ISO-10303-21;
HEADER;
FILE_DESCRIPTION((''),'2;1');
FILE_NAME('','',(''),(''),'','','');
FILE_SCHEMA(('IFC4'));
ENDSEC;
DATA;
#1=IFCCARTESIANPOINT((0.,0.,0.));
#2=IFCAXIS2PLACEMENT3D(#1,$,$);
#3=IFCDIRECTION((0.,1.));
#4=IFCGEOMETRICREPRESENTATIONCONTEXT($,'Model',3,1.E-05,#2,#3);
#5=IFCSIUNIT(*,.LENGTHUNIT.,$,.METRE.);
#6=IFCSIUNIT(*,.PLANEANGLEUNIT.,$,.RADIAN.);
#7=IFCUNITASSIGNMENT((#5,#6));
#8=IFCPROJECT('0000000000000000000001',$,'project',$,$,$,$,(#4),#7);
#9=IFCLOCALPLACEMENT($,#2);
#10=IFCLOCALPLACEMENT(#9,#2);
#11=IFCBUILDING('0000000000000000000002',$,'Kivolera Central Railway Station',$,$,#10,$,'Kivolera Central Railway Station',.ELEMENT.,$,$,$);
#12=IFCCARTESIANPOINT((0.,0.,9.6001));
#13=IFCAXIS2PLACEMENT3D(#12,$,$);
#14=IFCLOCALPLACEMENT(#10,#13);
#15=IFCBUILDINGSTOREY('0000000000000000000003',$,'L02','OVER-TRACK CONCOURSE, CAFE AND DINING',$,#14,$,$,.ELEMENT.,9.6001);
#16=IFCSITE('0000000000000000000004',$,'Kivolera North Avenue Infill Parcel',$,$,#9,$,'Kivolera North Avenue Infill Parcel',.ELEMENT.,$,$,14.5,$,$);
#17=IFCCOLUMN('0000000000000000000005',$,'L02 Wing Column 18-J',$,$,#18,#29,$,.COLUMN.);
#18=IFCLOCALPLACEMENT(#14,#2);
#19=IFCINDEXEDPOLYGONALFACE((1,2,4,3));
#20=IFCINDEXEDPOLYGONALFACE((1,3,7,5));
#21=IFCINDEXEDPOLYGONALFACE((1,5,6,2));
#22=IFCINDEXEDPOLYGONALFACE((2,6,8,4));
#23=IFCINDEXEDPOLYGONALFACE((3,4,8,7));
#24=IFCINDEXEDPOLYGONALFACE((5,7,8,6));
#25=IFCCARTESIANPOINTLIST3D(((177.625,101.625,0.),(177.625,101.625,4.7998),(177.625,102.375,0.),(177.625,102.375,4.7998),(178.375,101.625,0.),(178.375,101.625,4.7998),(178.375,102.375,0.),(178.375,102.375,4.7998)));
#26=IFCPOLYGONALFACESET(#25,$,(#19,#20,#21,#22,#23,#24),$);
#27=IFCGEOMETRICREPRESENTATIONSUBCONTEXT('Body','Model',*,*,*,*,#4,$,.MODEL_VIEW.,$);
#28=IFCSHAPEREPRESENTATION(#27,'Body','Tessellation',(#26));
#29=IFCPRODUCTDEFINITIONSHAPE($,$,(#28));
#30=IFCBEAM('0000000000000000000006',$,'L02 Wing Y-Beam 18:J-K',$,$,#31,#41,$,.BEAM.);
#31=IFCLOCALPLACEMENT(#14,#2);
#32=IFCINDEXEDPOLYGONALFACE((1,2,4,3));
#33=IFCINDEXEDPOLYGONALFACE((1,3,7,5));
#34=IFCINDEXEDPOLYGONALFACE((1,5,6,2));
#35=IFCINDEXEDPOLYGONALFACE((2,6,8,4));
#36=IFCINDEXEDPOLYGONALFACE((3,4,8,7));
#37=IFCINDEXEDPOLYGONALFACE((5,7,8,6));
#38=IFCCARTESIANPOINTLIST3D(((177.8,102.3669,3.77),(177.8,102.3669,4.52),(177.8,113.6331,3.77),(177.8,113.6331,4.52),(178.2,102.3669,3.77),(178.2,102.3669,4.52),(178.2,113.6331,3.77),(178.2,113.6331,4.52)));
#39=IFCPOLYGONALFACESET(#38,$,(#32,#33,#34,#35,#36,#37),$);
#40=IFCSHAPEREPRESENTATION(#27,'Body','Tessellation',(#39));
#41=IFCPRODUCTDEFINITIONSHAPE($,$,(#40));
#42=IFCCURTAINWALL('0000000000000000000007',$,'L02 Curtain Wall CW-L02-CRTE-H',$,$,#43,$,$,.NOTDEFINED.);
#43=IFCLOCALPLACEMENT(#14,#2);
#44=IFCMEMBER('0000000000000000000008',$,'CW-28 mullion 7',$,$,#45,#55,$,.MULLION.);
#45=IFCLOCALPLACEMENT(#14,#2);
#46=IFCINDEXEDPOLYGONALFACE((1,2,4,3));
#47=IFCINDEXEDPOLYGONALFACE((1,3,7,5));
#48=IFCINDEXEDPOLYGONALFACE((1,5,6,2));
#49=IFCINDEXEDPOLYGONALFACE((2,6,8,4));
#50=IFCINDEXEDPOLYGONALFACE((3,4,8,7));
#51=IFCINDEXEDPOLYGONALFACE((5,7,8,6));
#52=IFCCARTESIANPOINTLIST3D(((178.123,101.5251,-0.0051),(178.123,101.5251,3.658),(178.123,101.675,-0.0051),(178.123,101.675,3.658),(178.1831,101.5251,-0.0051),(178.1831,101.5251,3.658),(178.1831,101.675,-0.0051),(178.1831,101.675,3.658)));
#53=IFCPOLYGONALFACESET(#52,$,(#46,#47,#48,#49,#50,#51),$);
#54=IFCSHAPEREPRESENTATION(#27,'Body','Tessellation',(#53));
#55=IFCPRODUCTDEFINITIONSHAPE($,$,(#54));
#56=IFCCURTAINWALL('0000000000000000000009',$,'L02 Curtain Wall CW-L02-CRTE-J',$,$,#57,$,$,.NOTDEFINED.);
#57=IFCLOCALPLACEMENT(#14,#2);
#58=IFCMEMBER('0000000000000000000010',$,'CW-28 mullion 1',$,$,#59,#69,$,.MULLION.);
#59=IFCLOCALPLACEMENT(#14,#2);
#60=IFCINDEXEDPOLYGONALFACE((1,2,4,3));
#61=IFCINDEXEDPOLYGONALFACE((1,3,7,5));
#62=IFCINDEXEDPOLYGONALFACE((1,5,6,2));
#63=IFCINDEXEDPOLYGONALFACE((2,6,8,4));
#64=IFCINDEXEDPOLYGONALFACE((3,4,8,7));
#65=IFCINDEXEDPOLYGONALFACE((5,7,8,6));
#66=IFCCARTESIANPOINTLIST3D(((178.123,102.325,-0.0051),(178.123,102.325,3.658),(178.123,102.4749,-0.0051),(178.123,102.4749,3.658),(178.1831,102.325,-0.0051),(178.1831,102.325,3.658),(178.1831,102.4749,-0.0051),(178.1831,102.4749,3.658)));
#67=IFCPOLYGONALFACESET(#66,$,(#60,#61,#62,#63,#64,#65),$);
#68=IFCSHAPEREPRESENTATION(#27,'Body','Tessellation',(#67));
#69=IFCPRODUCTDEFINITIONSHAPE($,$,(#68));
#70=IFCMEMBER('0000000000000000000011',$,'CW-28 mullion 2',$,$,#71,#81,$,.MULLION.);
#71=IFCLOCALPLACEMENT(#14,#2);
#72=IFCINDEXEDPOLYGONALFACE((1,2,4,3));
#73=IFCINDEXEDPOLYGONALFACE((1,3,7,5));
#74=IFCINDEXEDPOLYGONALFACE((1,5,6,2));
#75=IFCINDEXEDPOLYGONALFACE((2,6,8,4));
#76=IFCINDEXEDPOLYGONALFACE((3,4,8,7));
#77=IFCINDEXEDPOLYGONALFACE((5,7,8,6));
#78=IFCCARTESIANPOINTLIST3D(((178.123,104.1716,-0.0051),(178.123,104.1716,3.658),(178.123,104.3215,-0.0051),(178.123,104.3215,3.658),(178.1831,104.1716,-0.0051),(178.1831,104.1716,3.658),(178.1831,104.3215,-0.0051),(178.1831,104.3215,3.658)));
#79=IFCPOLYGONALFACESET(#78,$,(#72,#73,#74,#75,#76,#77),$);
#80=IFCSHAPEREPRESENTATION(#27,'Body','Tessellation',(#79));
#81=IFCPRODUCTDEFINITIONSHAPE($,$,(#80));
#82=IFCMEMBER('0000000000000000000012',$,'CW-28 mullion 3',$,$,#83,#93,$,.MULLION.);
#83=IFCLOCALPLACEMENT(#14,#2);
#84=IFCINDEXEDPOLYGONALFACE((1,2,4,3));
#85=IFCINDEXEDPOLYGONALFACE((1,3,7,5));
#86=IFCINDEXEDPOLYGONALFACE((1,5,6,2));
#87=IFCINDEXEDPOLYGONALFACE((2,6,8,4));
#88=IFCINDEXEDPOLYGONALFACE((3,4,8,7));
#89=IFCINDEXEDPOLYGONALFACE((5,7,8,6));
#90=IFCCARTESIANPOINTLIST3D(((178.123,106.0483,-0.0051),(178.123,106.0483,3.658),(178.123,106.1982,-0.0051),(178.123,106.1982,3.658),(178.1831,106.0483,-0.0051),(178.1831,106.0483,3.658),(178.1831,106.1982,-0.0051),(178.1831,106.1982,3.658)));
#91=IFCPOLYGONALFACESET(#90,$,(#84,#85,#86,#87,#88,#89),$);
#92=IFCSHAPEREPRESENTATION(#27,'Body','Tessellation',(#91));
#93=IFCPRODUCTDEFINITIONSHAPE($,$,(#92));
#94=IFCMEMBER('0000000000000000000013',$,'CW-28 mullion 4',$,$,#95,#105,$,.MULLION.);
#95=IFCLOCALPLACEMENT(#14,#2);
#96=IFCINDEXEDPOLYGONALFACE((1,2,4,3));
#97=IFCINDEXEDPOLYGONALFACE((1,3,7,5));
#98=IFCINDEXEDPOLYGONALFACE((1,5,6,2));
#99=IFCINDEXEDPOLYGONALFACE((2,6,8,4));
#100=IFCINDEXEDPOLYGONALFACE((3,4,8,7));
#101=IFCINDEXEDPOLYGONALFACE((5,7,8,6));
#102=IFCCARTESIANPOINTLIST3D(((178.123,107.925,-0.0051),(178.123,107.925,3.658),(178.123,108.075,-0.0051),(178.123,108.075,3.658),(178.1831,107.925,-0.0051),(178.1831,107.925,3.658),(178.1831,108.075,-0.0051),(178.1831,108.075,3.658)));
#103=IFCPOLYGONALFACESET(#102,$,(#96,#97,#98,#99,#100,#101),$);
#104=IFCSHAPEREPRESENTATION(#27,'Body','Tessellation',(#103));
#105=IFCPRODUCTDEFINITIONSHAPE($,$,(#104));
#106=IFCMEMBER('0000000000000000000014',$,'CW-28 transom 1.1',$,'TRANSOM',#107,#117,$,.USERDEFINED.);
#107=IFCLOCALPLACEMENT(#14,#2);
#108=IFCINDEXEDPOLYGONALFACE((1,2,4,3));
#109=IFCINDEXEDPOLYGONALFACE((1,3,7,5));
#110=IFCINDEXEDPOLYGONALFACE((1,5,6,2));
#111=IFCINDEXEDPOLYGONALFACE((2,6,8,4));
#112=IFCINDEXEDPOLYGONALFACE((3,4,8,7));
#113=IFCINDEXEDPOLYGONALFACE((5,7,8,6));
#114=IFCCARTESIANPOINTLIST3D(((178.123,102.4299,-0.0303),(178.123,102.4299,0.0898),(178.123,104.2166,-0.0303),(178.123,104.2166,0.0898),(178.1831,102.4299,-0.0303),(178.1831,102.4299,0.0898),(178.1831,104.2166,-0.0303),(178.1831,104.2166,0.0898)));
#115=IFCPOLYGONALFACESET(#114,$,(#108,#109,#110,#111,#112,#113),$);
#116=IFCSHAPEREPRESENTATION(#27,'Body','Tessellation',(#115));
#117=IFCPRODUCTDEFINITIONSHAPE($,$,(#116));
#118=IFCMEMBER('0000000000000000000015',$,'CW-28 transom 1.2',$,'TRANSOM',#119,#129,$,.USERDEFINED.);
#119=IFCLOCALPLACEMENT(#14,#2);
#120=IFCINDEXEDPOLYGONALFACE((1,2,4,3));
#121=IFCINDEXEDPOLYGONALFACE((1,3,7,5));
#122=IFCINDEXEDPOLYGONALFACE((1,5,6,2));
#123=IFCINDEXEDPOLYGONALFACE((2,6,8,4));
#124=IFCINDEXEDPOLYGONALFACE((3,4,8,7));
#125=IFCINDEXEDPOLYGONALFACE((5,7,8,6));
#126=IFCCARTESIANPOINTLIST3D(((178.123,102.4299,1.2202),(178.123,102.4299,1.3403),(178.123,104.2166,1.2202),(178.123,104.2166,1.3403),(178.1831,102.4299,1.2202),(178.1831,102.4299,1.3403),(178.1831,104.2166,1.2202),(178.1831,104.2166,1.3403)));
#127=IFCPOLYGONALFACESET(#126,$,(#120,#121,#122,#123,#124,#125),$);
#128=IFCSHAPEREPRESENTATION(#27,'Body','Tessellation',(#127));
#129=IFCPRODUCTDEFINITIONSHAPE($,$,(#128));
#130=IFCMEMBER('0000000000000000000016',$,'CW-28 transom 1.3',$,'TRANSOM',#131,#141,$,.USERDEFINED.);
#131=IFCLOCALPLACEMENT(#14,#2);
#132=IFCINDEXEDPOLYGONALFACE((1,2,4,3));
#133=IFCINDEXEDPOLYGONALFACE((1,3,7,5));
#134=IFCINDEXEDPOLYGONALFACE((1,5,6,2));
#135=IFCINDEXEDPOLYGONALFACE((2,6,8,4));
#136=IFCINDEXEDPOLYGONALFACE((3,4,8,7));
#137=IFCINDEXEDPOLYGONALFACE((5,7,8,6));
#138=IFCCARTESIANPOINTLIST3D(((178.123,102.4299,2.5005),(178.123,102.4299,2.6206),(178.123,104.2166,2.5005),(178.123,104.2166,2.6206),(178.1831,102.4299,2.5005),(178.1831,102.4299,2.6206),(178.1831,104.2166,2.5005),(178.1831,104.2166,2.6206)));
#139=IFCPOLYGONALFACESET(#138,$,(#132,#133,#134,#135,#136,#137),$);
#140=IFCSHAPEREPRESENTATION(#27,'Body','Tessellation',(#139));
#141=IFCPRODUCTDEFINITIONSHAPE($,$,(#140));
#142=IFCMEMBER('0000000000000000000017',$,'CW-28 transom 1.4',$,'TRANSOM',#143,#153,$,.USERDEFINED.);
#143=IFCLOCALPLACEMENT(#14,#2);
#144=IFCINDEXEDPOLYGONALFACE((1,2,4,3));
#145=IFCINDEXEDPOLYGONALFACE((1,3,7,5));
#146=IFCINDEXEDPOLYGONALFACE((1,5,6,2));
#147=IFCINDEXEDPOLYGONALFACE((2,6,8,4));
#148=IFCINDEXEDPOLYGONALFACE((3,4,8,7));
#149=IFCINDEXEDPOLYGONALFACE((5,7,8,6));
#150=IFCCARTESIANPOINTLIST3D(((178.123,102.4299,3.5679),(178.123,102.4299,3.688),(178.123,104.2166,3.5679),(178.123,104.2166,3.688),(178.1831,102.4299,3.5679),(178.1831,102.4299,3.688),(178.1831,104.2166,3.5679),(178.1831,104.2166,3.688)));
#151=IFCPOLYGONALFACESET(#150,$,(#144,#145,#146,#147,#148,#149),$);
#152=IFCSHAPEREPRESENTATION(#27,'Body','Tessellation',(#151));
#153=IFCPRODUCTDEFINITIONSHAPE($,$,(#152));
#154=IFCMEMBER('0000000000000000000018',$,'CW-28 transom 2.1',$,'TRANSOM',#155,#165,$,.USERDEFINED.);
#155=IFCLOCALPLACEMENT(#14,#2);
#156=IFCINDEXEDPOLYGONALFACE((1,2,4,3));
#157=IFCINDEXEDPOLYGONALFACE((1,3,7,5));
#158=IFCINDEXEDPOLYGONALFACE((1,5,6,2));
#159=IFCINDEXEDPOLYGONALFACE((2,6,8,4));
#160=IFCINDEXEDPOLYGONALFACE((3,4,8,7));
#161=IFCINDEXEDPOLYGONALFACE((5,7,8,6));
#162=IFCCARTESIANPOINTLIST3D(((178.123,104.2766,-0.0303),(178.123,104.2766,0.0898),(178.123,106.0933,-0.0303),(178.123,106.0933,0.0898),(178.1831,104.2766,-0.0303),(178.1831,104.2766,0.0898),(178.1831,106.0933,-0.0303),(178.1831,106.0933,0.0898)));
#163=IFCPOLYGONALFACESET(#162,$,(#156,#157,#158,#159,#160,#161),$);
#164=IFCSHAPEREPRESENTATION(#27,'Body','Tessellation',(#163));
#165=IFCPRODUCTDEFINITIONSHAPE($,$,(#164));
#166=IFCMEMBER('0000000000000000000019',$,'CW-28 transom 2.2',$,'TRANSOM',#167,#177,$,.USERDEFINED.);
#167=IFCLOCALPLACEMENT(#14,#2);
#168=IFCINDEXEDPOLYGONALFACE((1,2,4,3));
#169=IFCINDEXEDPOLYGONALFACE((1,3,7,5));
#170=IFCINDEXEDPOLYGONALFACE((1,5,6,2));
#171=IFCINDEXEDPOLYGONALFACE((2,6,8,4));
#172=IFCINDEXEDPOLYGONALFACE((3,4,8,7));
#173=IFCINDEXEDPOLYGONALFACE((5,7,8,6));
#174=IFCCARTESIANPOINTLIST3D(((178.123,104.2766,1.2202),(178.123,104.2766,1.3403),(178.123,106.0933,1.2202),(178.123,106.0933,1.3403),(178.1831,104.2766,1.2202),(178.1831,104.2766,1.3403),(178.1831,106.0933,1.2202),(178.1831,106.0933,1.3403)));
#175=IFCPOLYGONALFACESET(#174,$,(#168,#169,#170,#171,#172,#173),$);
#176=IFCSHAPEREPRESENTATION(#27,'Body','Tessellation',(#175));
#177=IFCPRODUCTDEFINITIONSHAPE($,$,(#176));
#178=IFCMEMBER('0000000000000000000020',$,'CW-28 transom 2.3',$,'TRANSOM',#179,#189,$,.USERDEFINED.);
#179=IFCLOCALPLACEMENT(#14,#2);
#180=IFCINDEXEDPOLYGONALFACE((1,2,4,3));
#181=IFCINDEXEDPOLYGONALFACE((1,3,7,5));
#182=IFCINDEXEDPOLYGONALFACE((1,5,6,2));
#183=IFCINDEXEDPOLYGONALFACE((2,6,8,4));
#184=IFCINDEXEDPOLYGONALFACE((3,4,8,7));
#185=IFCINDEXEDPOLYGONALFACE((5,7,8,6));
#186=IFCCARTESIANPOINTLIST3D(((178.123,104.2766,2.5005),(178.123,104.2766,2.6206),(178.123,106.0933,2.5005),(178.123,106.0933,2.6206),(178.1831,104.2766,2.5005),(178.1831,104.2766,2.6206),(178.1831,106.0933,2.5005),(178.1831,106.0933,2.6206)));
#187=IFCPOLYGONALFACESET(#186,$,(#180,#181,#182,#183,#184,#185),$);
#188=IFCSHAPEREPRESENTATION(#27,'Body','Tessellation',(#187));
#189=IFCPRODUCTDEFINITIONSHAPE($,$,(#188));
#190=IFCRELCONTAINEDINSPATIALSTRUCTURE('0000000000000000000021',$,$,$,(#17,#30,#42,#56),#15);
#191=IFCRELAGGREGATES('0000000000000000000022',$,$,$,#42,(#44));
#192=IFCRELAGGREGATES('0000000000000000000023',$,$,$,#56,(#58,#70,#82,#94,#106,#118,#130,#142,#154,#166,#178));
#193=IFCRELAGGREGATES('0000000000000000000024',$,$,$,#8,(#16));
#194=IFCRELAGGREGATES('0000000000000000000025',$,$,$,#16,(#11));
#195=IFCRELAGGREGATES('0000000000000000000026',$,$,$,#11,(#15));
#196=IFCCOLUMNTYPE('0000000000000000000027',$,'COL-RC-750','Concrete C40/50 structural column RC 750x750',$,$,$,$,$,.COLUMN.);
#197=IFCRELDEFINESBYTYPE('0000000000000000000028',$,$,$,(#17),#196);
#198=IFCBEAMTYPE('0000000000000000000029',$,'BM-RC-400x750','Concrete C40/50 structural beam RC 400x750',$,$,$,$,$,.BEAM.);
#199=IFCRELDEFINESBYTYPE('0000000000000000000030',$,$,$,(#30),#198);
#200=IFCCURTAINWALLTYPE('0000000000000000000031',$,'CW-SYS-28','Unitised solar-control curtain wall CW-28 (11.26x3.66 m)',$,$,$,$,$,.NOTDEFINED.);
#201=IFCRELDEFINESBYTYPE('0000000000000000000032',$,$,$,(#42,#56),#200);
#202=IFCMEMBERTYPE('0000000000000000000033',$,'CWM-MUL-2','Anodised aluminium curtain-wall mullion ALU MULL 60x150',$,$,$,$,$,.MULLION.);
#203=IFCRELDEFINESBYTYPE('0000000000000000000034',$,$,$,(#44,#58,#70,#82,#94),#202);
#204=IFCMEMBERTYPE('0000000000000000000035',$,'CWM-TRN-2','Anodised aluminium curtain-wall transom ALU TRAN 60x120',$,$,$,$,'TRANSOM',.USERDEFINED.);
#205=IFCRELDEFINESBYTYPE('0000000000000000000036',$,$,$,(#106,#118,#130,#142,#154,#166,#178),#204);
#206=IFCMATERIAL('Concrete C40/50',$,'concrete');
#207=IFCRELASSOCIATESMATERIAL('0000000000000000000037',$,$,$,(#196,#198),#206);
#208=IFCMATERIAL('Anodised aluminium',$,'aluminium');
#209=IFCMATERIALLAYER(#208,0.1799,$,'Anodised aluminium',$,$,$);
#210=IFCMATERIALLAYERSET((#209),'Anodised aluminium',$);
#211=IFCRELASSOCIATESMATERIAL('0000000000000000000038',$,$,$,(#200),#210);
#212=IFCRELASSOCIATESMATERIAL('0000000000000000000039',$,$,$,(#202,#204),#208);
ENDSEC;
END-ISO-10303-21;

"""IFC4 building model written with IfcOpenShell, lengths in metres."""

from ifc_helpers import new_model, si_unit, direction, frame, origin, origin_2d, place, context, subcontext, project, spatial, rectangle, extrude, material, layer, layer_set, material_profile, profile_set, type_object, element, aggregate, save


model = new_model("IFC4")

# Units and contexts
model_context = context("Model", 3, precision=1e-05, world=origin(), true_north=direction((0.0, 1.0)))
body_context = subcontext(model_context, "Body", "Model", "MODEL_VIEW")
ifc_project = project(units=[si_unit("LENGTHUNIT", "METRE"), si_unit("PLANEANGLEUNIT", "RADIAN")], contexts=[model_context])

# Site, building, storey
site_placement = place(None, origin())
site = spatial("IfcSite", under=ifc_project, at=site_placement, Name="Kivolera North Avenue Infill Parcel", LongName="Kivolera North Avenue Infill Parcel", CompositionType="ELEMENT", RefElevation=14.5)
building_placement = place(site_placement, origin())
building = spatial("IfcBuilding", under=site, at=building_placement, Name="Kivolera Central Railway Station", LongName="Kivolera Central Railway Station", CompositionType="ELEMENT")
storey_placement = place(building_placement, frame((0.0, 0.0, 9.6001)))
storey = spatial("IfcBuildingStorey", under=building, at=storey_placement, Name="L02", Description="OVER-TRACK CONCOURSE, CAFE AND DINING", CompositionType="ELEMENT", Elevation=9.6001)

# Column
ifc_material_1 = material(Name="Concrete C40/50", Category="concrete")
ifc_material_profile_1 = material_profile(ifc_material_1, rectangle(XDim=0.75, YDim=0.75, at=origin_2d()), Name="RC 750x750")
ifc_profile_set_1 = profile_set([ifc_material_profile_1], Name="Concrete C40/50")
column_type = type_object("IfcColumnType", Name="COL-RC-750", Description="Concrete C40/50 structural column RC 750x750", PredefinedType="COLUMN", material=ifc_profile_set_1)
column_placement = place(storey_placement, frame((178.0, 102.0, 0.0), z_axis=(0.0, 0.0, 1.0), x_axis=(1.0, 0.0, 0.0)))
element("IfcColumn", 1, at=column_placement, inside=storey, type_object=column_type, Name="L02 Wing Column 18-J", PredefinedType="COLUMN", context=body_context, shape_type="SweptSolid", body=[
    extrude(rectangle(XDim=0.75, YDim=0.75, at=origin_2d()), origin(), (0.0, 0.0, 1.0), 4.7998),
])

# Beam
ifc_material_profile_2 = material_profile(ifc_material_1, rectangle(XDim=0.3999, YDim=0.75, at=origin_2d()), Name="RC 400x750")
ifc_profile_set_2 = profile_set([ifc_material_profile_2], Name="Concrete C40/50")
beam_type = type_object("IfcBeamType", Name="BM-RC-400x750", Description="Concrete C40/50 structural beam RC 400x750", PredefinedType="BEAM", material=ifc_profile_set_2)
beam_placement = place(storey_placement, frame((178.0, 102.3669, 4.145), z_axis=(0.0, 1.0, 0.0), x_axis=(-1.0, 0.0, 0.0)))
element("IfcBeam", 2, at=beam_placement, inside=storey, type_object=beam_type, Name="L02 Wing Y-Beam 18:J-K", PredefinedType="BEAM", context=body_context, shape_type="SweptSolid", body=[
    extrude(rectangle(XDim=0.3999, YDim=0.75, at=origin_2d()), origin(), (0.0, 0.0, 1.0), 11.2661),
])

# Curtain wall, member
ifc_material_2 = material(Name="Anodised aluminium", Category="aluminium")
ifc_layer_1 = layer(ifc_material_2, 0.1799, Name="Anodised aluminium")
ifc_layer_set_1 = layer_set([ifc_layer_1], Name="Anodised aluminium")
curtain_wall_type = type_object("IfcCurtainWallType", Name="CW-SYS-28", Description="Unitised solar-control curtain wall CW-28 (11.26x3.66 m)", PredefinedType="NOTDEFINED", material=ifc_layer_set_1)
curtain_wall_1_placement = place(storey_placement, origin())
curtain_wall_1 = element("IfcCurtainWall", 3, at=curtain_wall_1_placement, inside=storey, type_object=curtain_wall_type, Name="L02 Curtain Wall CW-L02-CRTE-H", PredefinedType="NOTDEFINED")
ifc_material_profile_3 = material_profile(ifc_material_2, rectangle(XDim=0.0601, YDim=0.1499, at=origin_2d()), Name="ALU MULL 60x150")
ifc_profile_set_3 = profile_set([ifc_material_profile_3], Name="Anodised aluminium")
member_type_1 = type_object("IfcMemberType", Name="CWM-MUL-2", Description="Anodised aluminium curtain-wall mullion ALU MULL 60x150", PredefinedType="MULLION", material=ifc_profile_set_3)
member_1_placement = place(storey_placement, frame((178.1531, 101.6001, -0.0051), z_axis=(0.0, 0.0, 1.0), x_axis=(-1.0, 0.0, 0.0)))
member_1 = element("IfcMember", 4, at=member_1_placement, type_object=member_type_1, Name="CW-28 mullion 7", PredefinedType="MULLION", context=body_context, shape_type="SweptSolid", body=[
    extrude(rectangle(XDim=0.0601, YDim=0.1499, at=origin_2d()), origin(), (0.0, 0.0, 1.0), 3.6631),
])

# Curtain wall, members
curtain_wall_2_placement = place(storey_placement, origin())
curtain_wall_2 = element("IfcCurtainWall", 5, at=curtain_wall_2_placement, inside=storey, type_object=curtain_wall_type, Name="L02 Curtain Wall CW-L02-CRTE-J", PredefinedType="NOTDEFINED")
member_2_placement = place(storey_placement, frame((178.1531, 102.3999, -0.0051), z_axis=(0.0, 0.0, 1.0), x_axis=(-1.0, 0.0, 0.0)))
member_2 = element("IfcMember", 6, at=member_2_placement, type_object=member_type_1, Name="CW-28 mullion 1", PredefinedType="MULLION", context=body_context, shape_type="SweptSolid", body=[
    extrude(rectangle(XDim=0.0601, YDim=0.1499, at=origin_2d()), origin(), (0.0, 0.0, 1.0), 3.6631),
])
member_3_placement = place(storey_placement, frame((178.1531, 104.2466, -0.0051), z_axis=(0.0, 0.0, 1.0), x_axis=(-1.0, 0.0, 0.0)))
member_3 = element("IfcMember", 7, at=member_3_placement, type_object=member_type_1, Name="CW-28 mullion 2", PredefinedType="MULLION", context=body_context, shape_type="SweptSolid", body=[
    extrude(rectangle(XDim=0.0601, YDim=0.1499, at=origin_2d()), origin(), (0.0, 0.0, 1.0), 3.6631),
])
member_4_placement = place(storey_placement, frame((178.1531, 106.1233, -0.0051), z_axis=(0.0, 0.0, 1.0), x_axis=(-1.0, 0.0, 0.0)))
member_4 = element("IfcMember", 8, at=member_4_placement, type_object=member_type_1, Name="CW-28 mullion 3", PredefinedType="MULLION", context=body_context, shape_type="SweptSolid", body=[
    extrude(rectangle(XDim=0.0601, YDim=0.1499, at=origin_2d()), origin(), (0.0, 0.0, 1.0), 3.6631),
])
member_5_placement = place(storey_placement, frame((178.1531, 108.0, -0.0051), z_axis=(0.0, 0.0, 1.0), x_axis=(-1.0, 0.0, 0.0)))
member_5 = element("IfcMember", 9, at=member_5_placement, type_object=member_type_1, Name="CW-28 mullion 4", PredefinedType="MULLION", context=body_context, shape_type="SweptSolid", body=[
    extrude(rectangle(XDim=0.0601, YDim=0.1499, at=origin_2d()), origin(), (0.0, 0.0, 1.0), 3.6631),
])
ifc_material_profile_4 = material_profile(ifc_material_2, rectangle(XDim=0.0601, YDim=0.1201, at=origin_2d()), Name="ALU TRAN 60x120")
ifc_profile_set_4 = profile_set([ifc_material_profile_4], Name="Anodised aluminium")
member_type_2 = type_object("IfcMemberType", Name="CWM-TRN-2", Description="Anodised aluminium curtain-wall transom ALU TRAN 60x120", ElementType="TRANSOM", PredefinedType="USERDEFINED", material=ifc_profile_set_4)
member_6_placement = place(storey_placement, frame((178.1531, 102.4299, 0.0298), z_axis=(0.0, 1.0, 0.0), x_axis=(-1.0, 0.0, 0.0)))
member_6 = element("IfcMember", 10, at=member_6_placement, type_object=member_type_2, Name="CW-28 transom 1.1", ObjectType="TRANSOM", PredefinedType="USERDEFINED", context=body_context, shape_type="SweptSolid", body=[
    extrude(rectangle(XDim=0.0601, YDim=0.1201, at=origin_2d()), origin(), (0.0, 0.0, 1.0), 1.7866),
])
member_7_placement = place(storey_placement, frame((178.1531, 102.4299, 1.2803), z_axis=(0.0, 1.0, 0.0), x_axis=(-1.0, 0.0, 0.0)))
member_7 = element("IfcMember", 11, at=member_7_placement, type_object=member_type_2, Name="CW-28 transom 1.2", ObjectType="TRANSOM", PredefinedType="USERDEFINED", context=body_context, shape_type="SweptSolid", body=[
    extrude(rectangle(XDim=0.0601, YDim=0.1201, at=origin_2d()), origin(), (0.0, 0.0, 1.0), 1.7866),
])
member_8_placement = place(storey_placement, frame((178.1531, 102.4299, 2.5605), z_axis=(0.0, 1.0, 0.0), x_axis=(-1.0, 0.0, 0.0)))
member_8 = element("IfcMember", 12, at=member_8_placement, type_object=member_type_2, Name="CW-28 transom 1.3", ObjectType="TRANSOM", PredefinedType="USERDEFINED", context=body_context, shape_type="SweptSolid", body=[
    extrude(rectangle(XDim=0.0601, YDim=0.1201, at=origin_2d()), origin(), (0.0, 0.0, 1.0), 1.7866),
])
member_9_placement = place(storey_placement, frame((178.1531, 102.4299, 3.6279), z_axis=(0.0, 1.0, 0.0), x_axis=(-1.0, 0.0, 0.0)))
member_9 = element("IfcMember", 13, at=member_9_placement, type_object=member_type_2, Name="CW-28 transom 1.4", ObjectType="TRANSOM", PredefinedType="USERDEFINED", context=body_context, shape_type="SweptSolid", body=[
    extrude(rectangle(XDim=0.0601, YDim=0.1201, at=origin_2d()), origin(), (0.0, 0.0, 1.0), 1.7866),
])
member_10_placement = place(storey_placement, frame((178.1531, 104.2766, 0.0298), z_axis=(0.0, 1.0, 0.0), x_axis=(-1.0, 0.0, 0.0)))
member_10 = element("IfcMember", 14, at=member_10_placement, type_object=member_type_2, Name="CW-28 transom 2.1", ObjectType="TRANSOM", PredefinedType="USERDEFINED", context=body_context, shape_type="SweptSolid", body=[
    extrude(rectangle(XDim=0.0601, YDim=0.1201, at=origin_2d()), origin(), (0.0, 0.0, 1.0), 1.8167),
])
member_11_placement = place(storey_placement, frame((178.1531, 104.2766, 1.2803), z_axis=(0.0, 1.0, 0.0), x_axis=(-1.0, 0.0, 0.0)))
member_11 = element("IfcMember", 15, at=member_11_placement, type_object=member_type_2, Name="CW-28 transom 2.2", ObjectType="TRANSOM", PredefinedType="USERDEFINED", context=body_context, shape_type="SweptSolid", body=[
    extrude(rectangle(XDim=0.0601, YDim=0.1201, at=origin_2d()), origin(), (0.0, 0.0, 1.0), 1.8167),
])
member_12_placement = place(storey_placement, frame((178.1531, 104.2766, 2.5605), z_axis=(0.0, 1.0, 0.0), x_axis=(-1.0, 0.0, 0.0)))
member_12 = element("IfcMember", 16, at=member_12_placement, type_object=member_type_2, Name="CW-28 transom 2.3", ObjectType="TRANSOM", PredefinedType="USERDEFINED", context=body_context, shape_type="SweptSolid", body=[
    extrude(rectangle(XDim=0.0601, YDim=0.1201, at=origin_2d()), origin(), (0.0, 0.0, 1.0), 1.8167),
])

aggregate(curtain_wall_1, [member_1])
aggregate(curtain_wall_2, [member_2, member_3, member_4, member_5, member_6, member_7, member_8, member_9, member_10, member_11, member_12])

save(model, "model.ifc")
